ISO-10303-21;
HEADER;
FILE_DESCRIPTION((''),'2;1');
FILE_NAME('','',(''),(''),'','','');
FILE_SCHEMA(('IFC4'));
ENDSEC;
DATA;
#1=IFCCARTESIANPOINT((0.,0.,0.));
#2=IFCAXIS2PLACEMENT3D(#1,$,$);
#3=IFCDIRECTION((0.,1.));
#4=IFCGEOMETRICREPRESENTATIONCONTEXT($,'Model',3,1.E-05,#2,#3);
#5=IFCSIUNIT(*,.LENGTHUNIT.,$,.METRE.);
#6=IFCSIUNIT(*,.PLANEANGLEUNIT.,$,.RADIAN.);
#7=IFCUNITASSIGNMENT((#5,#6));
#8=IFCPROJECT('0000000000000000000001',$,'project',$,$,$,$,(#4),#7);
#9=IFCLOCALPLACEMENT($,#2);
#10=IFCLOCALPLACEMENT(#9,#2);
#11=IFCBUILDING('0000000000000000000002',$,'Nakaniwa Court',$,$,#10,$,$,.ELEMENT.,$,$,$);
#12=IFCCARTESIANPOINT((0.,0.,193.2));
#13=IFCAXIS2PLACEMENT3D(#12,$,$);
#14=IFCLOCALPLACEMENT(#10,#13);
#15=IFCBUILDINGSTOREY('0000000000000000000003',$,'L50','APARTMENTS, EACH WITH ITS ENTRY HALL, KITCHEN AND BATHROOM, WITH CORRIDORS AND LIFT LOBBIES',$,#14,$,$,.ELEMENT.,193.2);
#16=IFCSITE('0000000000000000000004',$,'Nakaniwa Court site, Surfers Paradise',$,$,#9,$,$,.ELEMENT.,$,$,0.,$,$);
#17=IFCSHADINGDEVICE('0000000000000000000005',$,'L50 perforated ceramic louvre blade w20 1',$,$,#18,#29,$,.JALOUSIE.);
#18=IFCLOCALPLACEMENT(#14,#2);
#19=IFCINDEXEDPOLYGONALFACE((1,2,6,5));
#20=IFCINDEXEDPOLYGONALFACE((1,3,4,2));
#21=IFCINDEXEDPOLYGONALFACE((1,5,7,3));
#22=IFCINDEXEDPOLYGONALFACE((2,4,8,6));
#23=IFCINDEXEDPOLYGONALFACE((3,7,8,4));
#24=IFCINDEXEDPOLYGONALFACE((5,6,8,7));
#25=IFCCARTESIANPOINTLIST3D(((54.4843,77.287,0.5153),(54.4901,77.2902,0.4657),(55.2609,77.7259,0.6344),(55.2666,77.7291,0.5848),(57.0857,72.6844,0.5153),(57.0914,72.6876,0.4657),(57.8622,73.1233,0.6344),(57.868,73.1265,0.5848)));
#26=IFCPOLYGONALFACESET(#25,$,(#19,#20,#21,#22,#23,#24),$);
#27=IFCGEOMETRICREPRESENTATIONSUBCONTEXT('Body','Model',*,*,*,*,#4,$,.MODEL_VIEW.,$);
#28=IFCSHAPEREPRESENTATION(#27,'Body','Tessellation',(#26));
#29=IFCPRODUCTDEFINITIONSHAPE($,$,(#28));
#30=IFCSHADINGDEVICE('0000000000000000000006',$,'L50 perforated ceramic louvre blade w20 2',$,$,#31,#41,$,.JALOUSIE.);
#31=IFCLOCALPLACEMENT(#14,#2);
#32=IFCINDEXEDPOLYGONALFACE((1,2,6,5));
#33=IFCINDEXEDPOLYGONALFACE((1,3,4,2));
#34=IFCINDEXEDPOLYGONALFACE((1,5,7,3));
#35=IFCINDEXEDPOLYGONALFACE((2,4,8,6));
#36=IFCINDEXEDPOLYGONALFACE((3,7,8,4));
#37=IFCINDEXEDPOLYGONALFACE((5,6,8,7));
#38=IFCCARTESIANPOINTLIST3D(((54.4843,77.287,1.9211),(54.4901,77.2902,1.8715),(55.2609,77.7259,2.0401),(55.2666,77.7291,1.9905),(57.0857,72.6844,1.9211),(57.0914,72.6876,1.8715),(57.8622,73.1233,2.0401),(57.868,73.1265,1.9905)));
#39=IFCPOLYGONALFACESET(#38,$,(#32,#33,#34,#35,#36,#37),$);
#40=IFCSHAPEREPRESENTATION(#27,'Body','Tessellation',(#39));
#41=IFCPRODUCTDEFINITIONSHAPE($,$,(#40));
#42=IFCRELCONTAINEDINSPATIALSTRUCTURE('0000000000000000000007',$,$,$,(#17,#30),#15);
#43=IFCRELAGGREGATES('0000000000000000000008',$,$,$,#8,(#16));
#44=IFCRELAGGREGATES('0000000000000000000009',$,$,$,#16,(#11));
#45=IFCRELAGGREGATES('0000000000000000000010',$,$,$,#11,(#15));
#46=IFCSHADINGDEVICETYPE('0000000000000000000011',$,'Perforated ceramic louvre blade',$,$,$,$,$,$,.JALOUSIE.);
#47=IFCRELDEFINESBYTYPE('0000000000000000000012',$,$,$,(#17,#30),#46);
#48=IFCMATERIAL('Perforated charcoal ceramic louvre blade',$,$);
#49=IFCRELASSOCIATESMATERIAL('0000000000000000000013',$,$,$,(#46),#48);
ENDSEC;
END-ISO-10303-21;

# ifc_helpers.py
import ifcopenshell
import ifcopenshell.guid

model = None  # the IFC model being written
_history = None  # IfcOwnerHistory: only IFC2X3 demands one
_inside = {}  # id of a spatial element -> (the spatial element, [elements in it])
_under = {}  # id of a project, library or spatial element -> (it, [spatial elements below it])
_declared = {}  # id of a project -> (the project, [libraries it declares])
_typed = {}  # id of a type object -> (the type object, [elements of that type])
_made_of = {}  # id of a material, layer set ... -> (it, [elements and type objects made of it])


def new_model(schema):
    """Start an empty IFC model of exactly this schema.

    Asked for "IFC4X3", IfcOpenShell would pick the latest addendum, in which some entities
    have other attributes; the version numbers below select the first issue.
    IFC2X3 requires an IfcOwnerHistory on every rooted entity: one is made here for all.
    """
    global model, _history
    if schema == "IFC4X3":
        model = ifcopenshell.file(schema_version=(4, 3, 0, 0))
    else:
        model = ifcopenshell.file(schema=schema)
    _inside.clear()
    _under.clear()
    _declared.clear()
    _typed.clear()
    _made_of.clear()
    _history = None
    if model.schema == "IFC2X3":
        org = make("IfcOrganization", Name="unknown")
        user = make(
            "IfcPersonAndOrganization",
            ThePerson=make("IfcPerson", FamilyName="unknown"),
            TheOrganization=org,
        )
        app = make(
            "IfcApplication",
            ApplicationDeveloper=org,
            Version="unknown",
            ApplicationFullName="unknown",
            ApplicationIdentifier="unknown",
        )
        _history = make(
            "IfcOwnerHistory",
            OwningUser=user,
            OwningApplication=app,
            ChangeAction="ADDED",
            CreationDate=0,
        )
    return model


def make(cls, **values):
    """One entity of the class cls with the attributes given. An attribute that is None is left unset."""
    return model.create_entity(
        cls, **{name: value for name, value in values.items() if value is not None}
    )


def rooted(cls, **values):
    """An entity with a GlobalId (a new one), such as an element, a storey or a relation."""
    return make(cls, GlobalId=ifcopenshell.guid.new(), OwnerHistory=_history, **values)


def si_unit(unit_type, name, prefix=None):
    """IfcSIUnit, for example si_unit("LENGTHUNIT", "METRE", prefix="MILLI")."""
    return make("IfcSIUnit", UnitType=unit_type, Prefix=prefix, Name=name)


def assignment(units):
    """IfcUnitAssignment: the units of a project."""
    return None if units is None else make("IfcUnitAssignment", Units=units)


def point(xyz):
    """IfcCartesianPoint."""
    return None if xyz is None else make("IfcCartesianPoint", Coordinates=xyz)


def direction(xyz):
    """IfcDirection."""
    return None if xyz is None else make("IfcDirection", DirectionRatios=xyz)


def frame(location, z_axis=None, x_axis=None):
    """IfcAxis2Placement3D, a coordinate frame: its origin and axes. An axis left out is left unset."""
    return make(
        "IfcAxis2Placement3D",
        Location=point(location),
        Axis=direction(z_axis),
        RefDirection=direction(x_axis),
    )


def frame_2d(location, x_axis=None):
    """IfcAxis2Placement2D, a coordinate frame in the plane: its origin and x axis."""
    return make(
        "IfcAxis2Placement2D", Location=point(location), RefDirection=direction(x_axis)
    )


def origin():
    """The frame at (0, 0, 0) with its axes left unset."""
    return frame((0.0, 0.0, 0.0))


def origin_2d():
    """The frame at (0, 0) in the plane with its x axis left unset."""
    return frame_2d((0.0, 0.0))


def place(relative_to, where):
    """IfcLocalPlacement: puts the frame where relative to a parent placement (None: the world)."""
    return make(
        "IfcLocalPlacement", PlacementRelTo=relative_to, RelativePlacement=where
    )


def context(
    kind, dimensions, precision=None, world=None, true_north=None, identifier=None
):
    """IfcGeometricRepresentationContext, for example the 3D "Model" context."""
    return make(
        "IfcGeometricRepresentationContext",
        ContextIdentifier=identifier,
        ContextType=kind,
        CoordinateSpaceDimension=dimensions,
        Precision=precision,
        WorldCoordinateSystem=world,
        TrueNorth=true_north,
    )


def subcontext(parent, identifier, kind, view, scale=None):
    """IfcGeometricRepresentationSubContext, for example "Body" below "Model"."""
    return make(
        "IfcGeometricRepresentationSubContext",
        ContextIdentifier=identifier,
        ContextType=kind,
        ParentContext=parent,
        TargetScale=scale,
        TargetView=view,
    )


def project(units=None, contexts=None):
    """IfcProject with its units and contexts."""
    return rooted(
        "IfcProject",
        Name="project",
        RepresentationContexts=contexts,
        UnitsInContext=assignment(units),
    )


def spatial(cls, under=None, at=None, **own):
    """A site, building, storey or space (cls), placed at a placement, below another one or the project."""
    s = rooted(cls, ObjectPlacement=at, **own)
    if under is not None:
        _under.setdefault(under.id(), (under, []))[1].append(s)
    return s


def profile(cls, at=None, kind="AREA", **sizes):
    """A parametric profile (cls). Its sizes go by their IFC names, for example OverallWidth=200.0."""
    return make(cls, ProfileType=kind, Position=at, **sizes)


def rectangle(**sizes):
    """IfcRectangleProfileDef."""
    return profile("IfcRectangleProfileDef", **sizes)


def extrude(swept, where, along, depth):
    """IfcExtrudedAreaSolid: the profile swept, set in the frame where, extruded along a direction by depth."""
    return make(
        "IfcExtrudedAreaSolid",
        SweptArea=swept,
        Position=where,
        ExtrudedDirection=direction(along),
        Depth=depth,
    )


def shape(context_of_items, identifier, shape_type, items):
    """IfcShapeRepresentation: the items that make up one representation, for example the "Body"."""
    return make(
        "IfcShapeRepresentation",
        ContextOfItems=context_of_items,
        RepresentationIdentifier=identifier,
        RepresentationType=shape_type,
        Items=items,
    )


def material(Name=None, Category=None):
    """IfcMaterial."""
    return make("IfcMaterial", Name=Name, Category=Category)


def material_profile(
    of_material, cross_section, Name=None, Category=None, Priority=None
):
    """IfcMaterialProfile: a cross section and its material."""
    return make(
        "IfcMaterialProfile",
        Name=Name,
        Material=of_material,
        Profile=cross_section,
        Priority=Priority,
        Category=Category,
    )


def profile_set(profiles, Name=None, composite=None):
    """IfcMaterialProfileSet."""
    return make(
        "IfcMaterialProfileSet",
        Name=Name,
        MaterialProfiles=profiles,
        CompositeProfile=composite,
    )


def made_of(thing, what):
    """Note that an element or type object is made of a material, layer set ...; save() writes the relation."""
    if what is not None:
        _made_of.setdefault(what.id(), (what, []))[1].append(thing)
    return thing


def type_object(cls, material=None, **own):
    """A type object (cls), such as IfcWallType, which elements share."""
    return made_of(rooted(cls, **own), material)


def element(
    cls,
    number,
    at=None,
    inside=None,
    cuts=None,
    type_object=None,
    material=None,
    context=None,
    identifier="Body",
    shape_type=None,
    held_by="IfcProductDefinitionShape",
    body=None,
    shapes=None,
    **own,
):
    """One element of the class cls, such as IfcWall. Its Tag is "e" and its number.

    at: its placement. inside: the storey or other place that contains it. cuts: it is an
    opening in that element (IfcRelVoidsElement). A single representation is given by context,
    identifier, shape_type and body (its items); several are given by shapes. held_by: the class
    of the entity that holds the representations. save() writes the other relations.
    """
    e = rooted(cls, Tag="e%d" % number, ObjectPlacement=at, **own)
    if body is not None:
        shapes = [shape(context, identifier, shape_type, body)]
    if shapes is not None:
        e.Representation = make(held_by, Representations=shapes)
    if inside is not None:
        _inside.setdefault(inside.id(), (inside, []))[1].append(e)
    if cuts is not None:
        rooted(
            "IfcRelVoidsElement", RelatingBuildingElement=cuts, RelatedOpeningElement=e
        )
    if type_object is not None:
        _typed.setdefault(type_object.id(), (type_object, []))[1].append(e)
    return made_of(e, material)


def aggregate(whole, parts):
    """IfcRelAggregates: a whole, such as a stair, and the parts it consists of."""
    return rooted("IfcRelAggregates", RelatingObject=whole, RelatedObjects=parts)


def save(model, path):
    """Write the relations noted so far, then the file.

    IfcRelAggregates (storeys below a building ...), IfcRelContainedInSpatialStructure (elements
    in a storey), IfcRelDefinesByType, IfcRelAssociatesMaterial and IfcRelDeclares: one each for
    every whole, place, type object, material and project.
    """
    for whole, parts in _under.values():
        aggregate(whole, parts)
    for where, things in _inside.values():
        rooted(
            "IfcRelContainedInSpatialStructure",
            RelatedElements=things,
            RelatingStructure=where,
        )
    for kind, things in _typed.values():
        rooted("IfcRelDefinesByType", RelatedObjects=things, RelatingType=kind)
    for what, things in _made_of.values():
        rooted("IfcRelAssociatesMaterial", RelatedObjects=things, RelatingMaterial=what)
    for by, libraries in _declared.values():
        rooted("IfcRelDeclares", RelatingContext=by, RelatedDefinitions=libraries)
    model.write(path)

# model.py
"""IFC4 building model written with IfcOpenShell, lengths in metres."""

from ifc_helpers import new_model, si_unit, direction, frame, origin, origin_2d, place, context, subcontext, project, spatial, rectangle, extrude, material, material_profile, profile_set, type_object, element, save


model = new_model("IFC4")

# Units and contexts
model_context = context("Model", 3, precision=1e-05, world=origin(), true_north=direction((0.0, 1.0)))
body_context = subcontext(model_context, "Body", "Model", "MODEL_VIEW")
ifc_project = project(units=[si_unit("LENGTHUNIT", "METRE"), si_unit("PLANEANGLEUNIT", "RADIAN")], contexts=[model_context])

# Site, building, storey
site_placement = place(None, origin())
site = spatial("IfcSite", under=ifc_project, at=site_placement, Name="Nakaniwa Court site, Surfers Paradise", CompositionType="ELEMENT", RefElevation=0.0)
building_placement = place(site_placement, origin())
building = spatial("IfcBuilding", under=site, at=building_placement, Name="Nakaniwa Court", CompositionType="ELEMENT")
storey_placement = place(building_placement, frame((0.0, 0.0, 193.2)))
storey = spatial("IfcBuildingStorey", under=building, at=storey_placement, Name="L50", Description="APARTMENTS, EACH WITH ITS ENTRY HALL, KITCHEN AND BATHROOM, WITH CORRIDORS AND LIFT LOBBIES", CompositionType="ELEMENT", Elevation=193.2)

# Shading devices
ifc_material_1 = material(Name="Perforated charcoal ceramic louvre blade")
ifc_material_profile_1 = material_profile(ifc_material_1, rectangle(XDim=0.8999, YDim=0.05, at=origin_2d()), Name="Perforated ceramic louvre blade")
ifc_profile_set_1 = profile_set([ifc_material_profile_1], Name="Perforated charcoal ceramic louvre blade")
shading_device_type = type_object("IfcShadingDeviceType", Name="Perforated ceramic louvre blade", PredefinedType="JALOUSIE", material=ifc_profile_set_1)
for number, where, z_axis, x_axis, name in (
    (1, (54.8755, 77.5081, 0.55), (0.492041, -0.870572, 0.0), (0.862925, 0.487718, 0.132256), "L50 perforated ceramic louvre blade w20 1"),
    (2, (54.8755, 77.5081, 1.9558), (0.492041, -0.870572, 0.0), (0.862925, 0.487718, 0.132256), "L50 perforated ceramic louvre blade w20 2"),
):
    element("IfcShadingDevice", number, at=place(storey_placement, frame(where, z_axis=z_axis, x_axis=x_axis)), inside=storey, type_object=shading_device_type, Name=name, PredefinedType="JALOUSIE", context=body_context, shape_type="SweptSolid", body=[
        extrude(rectangle(XDim=0.8999, YDim=0.05, at=origin_2d()), origin(), (0.0, 0.0, 1.0), 5.2869),
    ])

save(model, "model.ifc")
